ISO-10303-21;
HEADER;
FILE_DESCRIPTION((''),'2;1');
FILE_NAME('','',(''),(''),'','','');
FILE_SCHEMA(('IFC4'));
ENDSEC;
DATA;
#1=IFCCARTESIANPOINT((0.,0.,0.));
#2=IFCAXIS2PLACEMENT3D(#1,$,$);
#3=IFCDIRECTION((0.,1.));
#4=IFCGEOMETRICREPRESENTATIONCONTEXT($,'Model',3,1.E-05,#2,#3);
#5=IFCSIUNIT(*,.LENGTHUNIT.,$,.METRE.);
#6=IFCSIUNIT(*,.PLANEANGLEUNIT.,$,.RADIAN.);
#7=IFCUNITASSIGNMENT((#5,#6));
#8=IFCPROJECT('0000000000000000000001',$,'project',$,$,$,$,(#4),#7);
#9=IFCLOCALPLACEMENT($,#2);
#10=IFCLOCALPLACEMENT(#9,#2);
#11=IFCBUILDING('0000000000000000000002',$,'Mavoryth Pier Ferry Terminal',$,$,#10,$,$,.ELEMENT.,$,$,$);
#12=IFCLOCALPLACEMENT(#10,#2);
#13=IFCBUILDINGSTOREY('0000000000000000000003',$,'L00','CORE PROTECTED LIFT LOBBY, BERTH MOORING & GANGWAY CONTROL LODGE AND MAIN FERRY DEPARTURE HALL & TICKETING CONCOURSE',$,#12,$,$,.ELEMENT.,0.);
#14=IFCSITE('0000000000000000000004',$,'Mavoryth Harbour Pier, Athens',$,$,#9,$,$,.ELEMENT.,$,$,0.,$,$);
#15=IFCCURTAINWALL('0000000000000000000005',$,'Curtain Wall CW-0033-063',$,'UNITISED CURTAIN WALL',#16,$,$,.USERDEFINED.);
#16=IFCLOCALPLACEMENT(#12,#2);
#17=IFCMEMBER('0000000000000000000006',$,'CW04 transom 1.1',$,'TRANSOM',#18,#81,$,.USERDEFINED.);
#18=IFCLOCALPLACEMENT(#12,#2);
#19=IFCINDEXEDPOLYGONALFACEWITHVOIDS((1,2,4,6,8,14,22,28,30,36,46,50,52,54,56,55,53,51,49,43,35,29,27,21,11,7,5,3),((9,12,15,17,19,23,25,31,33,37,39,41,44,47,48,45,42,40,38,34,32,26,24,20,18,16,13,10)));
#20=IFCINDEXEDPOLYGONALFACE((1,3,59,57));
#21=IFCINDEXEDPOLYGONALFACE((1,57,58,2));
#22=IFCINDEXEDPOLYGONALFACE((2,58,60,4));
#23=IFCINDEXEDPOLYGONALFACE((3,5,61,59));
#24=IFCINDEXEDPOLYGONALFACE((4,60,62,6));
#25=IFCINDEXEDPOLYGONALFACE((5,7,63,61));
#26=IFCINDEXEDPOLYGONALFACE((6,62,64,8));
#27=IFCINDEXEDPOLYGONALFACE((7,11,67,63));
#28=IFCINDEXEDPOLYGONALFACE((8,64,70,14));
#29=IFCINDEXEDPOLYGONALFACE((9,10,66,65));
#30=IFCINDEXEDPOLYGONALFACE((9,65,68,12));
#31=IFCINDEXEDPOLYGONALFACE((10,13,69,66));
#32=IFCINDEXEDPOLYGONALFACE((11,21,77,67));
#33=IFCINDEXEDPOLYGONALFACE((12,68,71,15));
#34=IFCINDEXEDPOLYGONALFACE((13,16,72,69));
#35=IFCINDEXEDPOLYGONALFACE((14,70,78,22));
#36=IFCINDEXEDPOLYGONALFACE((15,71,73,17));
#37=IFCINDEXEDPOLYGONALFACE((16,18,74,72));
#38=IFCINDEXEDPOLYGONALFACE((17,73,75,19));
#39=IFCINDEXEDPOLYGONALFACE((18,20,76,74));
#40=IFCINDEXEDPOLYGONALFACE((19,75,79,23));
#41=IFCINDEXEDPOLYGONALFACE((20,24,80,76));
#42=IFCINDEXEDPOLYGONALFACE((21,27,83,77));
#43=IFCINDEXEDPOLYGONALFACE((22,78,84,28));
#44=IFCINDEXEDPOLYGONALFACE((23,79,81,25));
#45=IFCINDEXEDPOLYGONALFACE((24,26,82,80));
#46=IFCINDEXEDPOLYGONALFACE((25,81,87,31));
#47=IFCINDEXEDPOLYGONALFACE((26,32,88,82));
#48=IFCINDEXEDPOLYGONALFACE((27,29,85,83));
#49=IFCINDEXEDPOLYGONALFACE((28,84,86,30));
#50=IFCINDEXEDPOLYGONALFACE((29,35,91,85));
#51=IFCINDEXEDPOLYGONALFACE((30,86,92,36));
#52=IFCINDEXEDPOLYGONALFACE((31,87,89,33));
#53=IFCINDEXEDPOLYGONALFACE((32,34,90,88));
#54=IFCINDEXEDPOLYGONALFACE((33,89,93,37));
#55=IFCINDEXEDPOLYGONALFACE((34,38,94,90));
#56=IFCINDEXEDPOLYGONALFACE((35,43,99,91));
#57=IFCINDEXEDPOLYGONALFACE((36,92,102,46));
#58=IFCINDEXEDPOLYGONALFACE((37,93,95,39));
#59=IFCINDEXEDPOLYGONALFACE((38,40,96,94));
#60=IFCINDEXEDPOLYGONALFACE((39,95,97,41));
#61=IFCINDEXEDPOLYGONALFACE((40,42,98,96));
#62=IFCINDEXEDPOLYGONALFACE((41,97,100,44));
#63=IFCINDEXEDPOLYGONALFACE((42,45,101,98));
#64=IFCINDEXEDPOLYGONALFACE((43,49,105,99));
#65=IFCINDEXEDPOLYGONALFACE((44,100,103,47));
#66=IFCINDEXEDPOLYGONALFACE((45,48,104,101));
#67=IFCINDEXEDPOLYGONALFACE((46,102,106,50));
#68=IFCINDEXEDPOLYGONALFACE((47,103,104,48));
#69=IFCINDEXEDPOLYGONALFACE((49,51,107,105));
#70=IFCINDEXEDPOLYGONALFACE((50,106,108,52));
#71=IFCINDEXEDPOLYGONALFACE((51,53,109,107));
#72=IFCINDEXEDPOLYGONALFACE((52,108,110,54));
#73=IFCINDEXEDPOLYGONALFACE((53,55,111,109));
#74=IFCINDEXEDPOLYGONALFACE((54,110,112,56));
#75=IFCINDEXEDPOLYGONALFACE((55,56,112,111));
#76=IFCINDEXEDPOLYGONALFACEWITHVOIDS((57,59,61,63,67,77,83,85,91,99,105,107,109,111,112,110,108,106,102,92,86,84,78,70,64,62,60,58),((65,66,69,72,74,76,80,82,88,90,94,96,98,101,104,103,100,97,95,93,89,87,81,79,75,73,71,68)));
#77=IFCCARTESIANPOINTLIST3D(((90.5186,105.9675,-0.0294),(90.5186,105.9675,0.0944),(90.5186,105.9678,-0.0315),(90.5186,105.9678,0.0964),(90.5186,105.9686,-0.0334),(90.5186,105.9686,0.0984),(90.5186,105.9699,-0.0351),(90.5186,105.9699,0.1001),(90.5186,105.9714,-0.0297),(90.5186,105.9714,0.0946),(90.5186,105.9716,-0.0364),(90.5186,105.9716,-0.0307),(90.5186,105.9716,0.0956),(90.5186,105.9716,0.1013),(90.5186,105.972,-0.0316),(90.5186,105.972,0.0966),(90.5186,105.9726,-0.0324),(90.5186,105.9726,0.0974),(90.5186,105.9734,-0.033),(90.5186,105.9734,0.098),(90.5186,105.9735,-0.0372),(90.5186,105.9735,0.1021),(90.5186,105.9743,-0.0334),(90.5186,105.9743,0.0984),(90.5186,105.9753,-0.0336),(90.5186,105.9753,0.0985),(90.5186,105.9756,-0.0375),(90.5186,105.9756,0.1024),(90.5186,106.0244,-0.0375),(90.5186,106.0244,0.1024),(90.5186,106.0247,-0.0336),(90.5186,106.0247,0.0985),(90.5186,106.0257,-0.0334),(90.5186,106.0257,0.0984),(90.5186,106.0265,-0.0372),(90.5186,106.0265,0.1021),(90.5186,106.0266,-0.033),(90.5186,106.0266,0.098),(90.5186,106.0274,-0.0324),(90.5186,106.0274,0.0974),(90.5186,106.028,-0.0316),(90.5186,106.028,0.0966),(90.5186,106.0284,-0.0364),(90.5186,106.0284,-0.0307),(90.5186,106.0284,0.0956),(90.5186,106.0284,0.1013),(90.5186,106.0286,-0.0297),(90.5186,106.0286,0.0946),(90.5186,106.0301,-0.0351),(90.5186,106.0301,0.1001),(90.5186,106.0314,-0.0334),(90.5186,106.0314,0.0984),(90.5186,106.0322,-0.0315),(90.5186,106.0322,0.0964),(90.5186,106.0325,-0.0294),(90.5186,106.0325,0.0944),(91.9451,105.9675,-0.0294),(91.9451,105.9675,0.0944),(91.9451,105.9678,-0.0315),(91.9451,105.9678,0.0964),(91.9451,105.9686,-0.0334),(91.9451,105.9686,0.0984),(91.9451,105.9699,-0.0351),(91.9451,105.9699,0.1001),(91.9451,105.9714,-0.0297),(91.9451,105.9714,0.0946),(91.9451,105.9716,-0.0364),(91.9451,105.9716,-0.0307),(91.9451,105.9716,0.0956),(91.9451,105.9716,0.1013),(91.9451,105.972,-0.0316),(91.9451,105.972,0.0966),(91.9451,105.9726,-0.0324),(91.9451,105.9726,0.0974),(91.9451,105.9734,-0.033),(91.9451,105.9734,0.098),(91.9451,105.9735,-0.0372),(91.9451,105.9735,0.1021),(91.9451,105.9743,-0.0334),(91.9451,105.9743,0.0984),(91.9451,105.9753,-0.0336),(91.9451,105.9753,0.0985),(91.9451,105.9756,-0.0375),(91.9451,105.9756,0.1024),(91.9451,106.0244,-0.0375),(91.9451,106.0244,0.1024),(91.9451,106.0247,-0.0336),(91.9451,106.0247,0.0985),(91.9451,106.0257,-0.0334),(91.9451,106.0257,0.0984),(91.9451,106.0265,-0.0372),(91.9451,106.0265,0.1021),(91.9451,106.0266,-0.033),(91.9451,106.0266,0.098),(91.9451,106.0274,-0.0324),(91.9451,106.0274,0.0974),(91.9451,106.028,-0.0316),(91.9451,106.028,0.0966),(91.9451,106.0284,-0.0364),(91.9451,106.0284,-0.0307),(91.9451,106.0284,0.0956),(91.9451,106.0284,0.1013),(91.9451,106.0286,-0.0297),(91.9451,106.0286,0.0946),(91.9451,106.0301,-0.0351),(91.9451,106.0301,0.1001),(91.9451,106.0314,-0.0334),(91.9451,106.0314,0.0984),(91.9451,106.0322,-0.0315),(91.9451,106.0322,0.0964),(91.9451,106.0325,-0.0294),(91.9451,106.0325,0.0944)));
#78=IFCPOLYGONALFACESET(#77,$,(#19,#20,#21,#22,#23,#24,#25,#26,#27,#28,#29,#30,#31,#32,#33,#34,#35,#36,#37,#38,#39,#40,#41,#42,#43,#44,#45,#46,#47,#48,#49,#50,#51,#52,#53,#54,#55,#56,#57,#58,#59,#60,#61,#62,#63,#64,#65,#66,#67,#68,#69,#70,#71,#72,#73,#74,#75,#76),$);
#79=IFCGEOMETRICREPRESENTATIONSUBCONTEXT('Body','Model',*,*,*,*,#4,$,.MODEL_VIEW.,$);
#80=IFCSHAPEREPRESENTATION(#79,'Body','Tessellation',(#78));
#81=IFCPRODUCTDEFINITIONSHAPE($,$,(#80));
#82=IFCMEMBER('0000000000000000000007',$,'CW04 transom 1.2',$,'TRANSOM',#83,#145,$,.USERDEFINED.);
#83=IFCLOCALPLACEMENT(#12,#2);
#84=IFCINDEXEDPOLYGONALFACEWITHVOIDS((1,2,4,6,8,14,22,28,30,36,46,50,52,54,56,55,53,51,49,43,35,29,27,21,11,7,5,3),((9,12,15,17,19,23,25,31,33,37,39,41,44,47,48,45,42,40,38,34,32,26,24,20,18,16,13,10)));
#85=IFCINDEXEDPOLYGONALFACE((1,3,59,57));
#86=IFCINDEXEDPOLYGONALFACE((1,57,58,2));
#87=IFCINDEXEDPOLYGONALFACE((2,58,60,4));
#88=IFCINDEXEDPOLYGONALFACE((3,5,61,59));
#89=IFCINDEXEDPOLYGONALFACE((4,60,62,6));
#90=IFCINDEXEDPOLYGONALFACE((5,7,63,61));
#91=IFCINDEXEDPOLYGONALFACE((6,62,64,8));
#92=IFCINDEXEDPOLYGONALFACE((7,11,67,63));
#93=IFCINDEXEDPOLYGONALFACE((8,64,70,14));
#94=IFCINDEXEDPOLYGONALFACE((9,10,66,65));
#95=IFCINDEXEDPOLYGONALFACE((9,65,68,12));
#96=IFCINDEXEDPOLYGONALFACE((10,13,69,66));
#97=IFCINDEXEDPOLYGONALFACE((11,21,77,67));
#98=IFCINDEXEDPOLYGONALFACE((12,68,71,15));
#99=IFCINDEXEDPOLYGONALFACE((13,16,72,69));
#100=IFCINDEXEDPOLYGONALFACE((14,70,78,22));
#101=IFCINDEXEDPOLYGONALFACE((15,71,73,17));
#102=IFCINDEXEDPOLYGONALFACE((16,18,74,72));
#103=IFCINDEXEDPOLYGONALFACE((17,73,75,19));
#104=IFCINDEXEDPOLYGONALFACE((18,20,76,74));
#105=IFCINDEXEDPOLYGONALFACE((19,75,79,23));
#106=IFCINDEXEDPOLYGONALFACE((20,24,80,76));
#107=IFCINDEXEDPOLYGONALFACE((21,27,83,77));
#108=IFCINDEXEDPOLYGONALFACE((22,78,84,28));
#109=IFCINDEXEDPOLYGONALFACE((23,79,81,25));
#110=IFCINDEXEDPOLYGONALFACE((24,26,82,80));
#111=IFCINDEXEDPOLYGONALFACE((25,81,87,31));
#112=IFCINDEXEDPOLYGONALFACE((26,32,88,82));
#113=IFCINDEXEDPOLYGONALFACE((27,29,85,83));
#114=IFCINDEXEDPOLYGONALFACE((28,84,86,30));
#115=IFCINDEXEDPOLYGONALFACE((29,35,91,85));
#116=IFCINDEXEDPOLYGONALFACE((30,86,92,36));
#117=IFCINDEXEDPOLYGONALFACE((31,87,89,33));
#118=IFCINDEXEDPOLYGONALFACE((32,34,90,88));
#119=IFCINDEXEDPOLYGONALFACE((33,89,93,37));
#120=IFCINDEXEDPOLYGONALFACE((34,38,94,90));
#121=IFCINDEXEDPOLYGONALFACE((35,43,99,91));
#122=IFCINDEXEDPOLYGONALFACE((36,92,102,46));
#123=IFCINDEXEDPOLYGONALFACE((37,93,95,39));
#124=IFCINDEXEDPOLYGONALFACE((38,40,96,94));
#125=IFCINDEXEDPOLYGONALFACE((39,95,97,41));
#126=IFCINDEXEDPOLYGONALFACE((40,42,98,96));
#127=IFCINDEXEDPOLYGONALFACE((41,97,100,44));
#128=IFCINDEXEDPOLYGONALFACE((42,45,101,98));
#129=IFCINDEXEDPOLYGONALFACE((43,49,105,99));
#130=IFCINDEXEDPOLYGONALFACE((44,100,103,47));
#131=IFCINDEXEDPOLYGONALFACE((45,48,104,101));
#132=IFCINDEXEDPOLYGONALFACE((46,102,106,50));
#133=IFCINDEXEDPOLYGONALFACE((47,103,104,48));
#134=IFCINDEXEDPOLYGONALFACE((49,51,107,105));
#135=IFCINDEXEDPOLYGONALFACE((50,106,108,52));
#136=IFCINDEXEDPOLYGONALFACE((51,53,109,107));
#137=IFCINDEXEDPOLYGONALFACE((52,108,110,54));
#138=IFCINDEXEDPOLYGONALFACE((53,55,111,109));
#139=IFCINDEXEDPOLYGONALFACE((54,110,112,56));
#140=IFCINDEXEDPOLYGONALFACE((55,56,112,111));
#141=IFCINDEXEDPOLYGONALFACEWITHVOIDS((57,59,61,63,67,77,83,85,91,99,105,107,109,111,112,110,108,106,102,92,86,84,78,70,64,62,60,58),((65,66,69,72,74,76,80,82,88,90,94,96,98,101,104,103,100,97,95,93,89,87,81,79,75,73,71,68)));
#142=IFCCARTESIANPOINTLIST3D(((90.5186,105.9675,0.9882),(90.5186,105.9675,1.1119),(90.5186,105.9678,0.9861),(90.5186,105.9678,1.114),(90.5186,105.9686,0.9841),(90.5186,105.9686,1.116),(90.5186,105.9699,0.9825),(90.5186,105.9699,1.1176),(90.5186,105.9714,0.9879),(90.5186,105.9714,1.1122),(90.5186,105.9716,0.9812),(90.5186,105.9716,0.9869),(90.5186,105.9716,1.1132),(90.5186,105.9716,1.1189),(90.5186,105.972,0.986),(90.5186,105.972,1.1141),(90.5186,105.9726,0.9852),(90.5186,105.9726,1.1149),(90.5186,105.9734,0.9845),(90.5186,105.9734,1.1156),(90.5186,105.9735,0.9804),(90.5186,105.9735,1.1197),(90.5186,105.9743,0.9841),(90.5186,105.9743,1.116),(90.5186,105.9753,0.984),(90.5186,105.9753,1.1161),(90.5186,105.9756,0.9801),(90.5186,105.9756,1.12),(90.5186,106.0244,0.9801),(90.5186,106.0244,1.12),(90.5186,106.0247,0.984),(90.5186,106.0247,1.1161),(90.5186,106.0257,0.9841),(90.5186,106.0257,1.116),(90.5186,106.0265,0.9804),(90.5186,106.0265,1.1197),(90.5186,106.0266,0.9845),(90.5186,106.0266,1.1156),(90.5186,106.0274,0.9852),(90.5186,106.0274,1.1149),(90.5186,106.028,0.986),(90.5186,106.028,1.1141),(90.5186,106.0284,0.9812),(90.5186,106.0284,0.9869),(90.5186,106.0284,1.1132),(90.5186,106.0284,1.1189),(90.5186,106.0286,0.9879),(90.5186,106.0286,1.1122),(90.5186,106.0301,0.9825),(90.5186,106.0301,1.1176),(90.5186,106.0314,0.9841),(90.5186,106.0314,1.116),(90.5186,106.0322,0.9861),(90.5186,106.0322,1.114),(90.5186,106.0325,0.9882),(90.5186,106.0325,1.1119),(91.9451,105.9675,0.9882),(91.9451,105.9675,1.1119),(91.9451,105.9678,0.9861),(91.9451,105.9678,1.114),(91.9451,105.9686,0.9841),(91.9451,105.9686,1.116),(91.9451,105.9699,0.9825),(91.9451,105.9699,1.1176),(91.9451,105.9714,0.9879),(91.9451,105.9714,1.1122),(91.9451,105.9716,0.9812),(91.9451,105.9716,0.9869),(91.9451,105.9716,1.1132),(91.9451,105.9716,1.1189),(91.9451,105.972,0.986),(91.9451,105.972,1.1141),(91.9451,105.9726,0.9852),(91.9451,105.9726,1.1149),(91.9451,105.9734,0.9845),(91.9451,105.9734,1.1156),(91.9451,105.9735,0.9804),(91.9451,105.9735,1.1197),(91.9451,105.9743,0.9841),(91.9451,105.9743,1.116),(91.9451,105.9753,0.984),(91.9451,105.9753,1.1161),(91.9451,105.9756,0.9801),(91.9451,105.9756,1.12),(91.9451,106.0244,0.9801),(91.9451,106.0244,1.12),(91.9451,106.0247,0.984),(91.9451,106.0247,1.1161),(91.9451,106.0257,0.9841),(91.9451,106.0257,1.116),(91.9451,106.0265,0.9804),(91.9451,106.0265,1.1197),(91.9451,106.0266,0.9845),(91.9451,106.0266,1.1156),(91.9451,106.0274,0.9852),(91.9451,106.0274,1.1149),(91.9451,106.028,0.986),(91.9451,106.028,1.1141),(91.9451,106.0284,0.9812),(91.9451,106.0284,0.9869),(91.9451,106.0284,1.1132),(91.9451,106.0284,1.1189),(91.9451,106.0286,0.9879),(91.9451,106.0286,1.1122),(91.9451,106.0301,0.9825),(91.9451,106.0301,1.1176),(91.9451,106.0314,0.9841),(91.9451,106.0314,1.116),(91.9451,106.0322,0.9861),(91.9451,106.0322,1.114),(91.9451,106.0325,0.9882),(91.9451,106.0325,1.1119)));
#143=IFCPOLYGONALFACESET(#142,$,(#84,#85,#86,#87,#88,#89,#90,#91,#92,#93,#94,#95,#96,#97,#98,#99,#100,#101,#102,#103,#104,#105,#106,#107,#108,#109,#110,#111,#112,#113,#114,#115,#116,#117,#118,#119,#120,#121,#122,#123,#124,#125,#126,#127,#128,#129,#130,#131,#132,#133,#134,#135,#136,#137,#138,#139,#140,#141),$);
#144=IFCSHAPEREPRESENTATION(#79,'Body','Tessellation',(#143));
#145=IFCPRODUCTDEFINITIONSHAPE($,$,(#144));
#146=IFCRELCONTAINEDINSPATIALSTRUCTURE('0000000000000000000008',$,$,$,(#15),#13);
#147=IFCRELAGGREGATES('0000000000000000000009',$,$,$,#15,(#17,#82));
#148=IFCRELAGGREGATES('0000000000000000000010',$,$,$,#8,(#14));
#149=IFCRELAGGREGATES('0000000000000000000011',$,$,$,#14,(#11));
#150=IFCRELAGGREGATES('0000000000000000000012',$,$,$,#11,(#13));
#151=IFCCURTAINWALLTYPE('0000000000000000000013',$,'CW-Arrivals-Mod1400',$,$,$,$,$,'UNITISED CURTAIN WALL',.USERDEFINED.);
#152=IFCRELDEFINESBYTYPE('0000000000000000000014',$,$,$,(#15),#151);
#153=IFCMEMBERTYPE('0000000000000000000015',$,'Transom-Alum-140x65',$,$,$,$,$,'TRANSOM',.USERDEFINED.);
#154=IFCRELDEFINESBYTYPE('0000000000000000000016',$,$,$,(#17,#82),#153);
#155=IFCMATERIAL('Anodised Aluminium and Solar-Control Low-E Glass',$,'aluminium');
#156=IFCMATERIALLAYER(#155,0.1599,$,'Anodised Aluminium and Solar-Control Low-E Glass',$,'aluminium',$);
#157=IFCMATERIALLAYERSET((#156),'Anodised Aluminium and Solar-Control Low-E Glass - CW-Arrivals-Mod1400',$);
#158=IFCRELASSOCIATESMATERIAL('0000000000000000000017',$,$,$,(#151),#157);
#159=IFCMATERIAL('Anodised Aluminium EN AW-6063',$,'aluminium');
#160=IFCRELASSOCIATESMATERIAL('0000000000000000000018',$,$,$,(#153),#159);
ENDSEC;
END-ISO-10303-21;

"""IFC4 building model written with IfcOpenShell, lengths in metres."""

from ifc_helpers import new_model, si_unit, direction, frame, origin, origin_2d, place, context, subcontext, project, spatial, hollow_rectangle, extrude, material, layer, layer_set, material_profile, profile_set, type_object, element, aggregate, save


model = new_model("IFC4")

# Units and contexts
model_context = context("Model", 3, precision=1e-05, world=origin(), true_north=direction((0.0, 1.0)))
body_context = subcontext(model_context, "Body", "Model", "MODEL_VIEW")
ifc_project = project(units=[si_unit("LENGTHUNIT", "METRE"), si_unit("PLANEANGLEUNIT", "RADIAN")], contexts=[model_context])

# Site, building, storey
site_placement = place(None, origin())
site = spatial("IfcSite", under=ifc_project, at=site_placement, Name="Mavoryth Harbour Pier, Athens", CompositionType="ELEMENT", RefElevation=0.0)
building_placement = place(site_placement, origin())
building = spatial("IfcBuilding", under=site, at=building_placement, Name="Mavoryth Pier Ferry Terminal", CompositionType="ELEMENT")
storey_placement = place(building_placement, origin())
storey = spatial("IfcBuildingStorey", under=building, at=storey_placement, Name="L00", Description="CORE PROTECTED LIFT LOBBY, BERTH MOORING & GANGWAY CONTROL LODGE AND MAIN FERRY DEPARTURE HALL & TICKETING CONCOURSE", CompositionType="ELEMENT", Elevation=0.0)

# Curtain wall, members
ifc_material_1 = material(Name="Anodised Aluminium and Solar-Control Low-E Glass", Category="aluminium")
ifc_layer_1 = layer(ifc_material_1, 0.1599, Name="Anodised Aluminium and Solar-Control Low-E Glass", Category="aluminium")
ifc_layer_set_1 = layer_set([ifc_layer_1], Name="Anodised Aluminium and Solar-Control Low-E Glass - CW-Arrivals-Mod1400")
curtain_wall_type = type_object("IfcCurtainWallType", Name="CW-Arrivals-Mod1400", ElementType="UNITISED CURTAIN WALL", PredefinedType="USERDEFINED", material=ifc_layer_set_1)
curtain_wall_placement = place(storey_placement, origin())
curtain_wall = element("IfcCurtainWall", 1, at=curtain_wall_placement, inside=storey, type_object=curtain_wall_type, Name="Curtain Wall CW-0033-063", ObjectType="UNITISED CURTAIN WALL", PredefinedType="USERDEFINED")
ifc_material_2 = material(Name="Anodised Aluminium EN AW-6063", Category="aluminium")
ifc_material_profile_1 = material_profile(ifc_material_2, hollow_rectangle(XDim=0.0649, YDim=0.1399, WallThickness=0.0039, InnerFilletRadius=0.0039, OuterFilletRadius=0.0081, at=origin_2d()), Name="AL-TRAN 140x65x4", Category="aluminium")
ifc_profile_set_1 = profile_set([ifc_material_profile_1], Name="Anodised Aluminium EN AW-6063 - AL-TRAN 140x65x4")
member_type_1 = type_object("IfcMemberType", Name="Transom-Alum-140x65", ElementType="TRANSOM", PredefinedType="USERDEFINED", material=ifc_profile_set_1)
member_1_placement = place(storey_placement, frame((91.9451, 106.0, 0.0325), z_axis=(-1.0, 0.0, 0.0), x_axis=(0.0, -1.0, 0.0)))
member_1 = element("IfcMember", 2, at=member_1_placement, type_object=member_type_1, Name="CW04 transom 1.1", ObjectType="TRANSOM", PredefinedType="USERDEFINED", context=body_context, shape_type="SweptSolid", body=[
    extrude(hollow_rectangle(XDim=0.0649, YDim=0.1399, WallThickness=0.0039, InnerFilletRadius=0.0039, OuterFilletRadius=0.0081, at=origin_2d()), origin(), (0.0, 0.0, 1.0), 1.4265),
])
member_2_placement = place(storey_placement, frame((91.9451, 106.0, 1.05), z_axis=(-1.0, 0.0, 0.0), x_axis=(0.0, -1.0, 0.0)))
member_2 = element("IfcMember", 3, at=member_2_placement, type_object=member_type_1, Name="CW04 transom 1.2", ObjectType="TRANSOM", PredefinedType="USERDEFINED", context=body_context, shape_type="SweptSolid", body=[
    extrude(hollow_rectangle(XDim=0.0649, YDim=0.1399, WallThickness=0.0039, InnerFilletRadius=0.0039, OuterFilletRadius=0.0081, at=origin_2d()), origin(), (0.0, 0.0, 1.0), 1.4265),
])
aggregate(curtain_wall, [member_1, member_2])

save(model, "model.ifc")
